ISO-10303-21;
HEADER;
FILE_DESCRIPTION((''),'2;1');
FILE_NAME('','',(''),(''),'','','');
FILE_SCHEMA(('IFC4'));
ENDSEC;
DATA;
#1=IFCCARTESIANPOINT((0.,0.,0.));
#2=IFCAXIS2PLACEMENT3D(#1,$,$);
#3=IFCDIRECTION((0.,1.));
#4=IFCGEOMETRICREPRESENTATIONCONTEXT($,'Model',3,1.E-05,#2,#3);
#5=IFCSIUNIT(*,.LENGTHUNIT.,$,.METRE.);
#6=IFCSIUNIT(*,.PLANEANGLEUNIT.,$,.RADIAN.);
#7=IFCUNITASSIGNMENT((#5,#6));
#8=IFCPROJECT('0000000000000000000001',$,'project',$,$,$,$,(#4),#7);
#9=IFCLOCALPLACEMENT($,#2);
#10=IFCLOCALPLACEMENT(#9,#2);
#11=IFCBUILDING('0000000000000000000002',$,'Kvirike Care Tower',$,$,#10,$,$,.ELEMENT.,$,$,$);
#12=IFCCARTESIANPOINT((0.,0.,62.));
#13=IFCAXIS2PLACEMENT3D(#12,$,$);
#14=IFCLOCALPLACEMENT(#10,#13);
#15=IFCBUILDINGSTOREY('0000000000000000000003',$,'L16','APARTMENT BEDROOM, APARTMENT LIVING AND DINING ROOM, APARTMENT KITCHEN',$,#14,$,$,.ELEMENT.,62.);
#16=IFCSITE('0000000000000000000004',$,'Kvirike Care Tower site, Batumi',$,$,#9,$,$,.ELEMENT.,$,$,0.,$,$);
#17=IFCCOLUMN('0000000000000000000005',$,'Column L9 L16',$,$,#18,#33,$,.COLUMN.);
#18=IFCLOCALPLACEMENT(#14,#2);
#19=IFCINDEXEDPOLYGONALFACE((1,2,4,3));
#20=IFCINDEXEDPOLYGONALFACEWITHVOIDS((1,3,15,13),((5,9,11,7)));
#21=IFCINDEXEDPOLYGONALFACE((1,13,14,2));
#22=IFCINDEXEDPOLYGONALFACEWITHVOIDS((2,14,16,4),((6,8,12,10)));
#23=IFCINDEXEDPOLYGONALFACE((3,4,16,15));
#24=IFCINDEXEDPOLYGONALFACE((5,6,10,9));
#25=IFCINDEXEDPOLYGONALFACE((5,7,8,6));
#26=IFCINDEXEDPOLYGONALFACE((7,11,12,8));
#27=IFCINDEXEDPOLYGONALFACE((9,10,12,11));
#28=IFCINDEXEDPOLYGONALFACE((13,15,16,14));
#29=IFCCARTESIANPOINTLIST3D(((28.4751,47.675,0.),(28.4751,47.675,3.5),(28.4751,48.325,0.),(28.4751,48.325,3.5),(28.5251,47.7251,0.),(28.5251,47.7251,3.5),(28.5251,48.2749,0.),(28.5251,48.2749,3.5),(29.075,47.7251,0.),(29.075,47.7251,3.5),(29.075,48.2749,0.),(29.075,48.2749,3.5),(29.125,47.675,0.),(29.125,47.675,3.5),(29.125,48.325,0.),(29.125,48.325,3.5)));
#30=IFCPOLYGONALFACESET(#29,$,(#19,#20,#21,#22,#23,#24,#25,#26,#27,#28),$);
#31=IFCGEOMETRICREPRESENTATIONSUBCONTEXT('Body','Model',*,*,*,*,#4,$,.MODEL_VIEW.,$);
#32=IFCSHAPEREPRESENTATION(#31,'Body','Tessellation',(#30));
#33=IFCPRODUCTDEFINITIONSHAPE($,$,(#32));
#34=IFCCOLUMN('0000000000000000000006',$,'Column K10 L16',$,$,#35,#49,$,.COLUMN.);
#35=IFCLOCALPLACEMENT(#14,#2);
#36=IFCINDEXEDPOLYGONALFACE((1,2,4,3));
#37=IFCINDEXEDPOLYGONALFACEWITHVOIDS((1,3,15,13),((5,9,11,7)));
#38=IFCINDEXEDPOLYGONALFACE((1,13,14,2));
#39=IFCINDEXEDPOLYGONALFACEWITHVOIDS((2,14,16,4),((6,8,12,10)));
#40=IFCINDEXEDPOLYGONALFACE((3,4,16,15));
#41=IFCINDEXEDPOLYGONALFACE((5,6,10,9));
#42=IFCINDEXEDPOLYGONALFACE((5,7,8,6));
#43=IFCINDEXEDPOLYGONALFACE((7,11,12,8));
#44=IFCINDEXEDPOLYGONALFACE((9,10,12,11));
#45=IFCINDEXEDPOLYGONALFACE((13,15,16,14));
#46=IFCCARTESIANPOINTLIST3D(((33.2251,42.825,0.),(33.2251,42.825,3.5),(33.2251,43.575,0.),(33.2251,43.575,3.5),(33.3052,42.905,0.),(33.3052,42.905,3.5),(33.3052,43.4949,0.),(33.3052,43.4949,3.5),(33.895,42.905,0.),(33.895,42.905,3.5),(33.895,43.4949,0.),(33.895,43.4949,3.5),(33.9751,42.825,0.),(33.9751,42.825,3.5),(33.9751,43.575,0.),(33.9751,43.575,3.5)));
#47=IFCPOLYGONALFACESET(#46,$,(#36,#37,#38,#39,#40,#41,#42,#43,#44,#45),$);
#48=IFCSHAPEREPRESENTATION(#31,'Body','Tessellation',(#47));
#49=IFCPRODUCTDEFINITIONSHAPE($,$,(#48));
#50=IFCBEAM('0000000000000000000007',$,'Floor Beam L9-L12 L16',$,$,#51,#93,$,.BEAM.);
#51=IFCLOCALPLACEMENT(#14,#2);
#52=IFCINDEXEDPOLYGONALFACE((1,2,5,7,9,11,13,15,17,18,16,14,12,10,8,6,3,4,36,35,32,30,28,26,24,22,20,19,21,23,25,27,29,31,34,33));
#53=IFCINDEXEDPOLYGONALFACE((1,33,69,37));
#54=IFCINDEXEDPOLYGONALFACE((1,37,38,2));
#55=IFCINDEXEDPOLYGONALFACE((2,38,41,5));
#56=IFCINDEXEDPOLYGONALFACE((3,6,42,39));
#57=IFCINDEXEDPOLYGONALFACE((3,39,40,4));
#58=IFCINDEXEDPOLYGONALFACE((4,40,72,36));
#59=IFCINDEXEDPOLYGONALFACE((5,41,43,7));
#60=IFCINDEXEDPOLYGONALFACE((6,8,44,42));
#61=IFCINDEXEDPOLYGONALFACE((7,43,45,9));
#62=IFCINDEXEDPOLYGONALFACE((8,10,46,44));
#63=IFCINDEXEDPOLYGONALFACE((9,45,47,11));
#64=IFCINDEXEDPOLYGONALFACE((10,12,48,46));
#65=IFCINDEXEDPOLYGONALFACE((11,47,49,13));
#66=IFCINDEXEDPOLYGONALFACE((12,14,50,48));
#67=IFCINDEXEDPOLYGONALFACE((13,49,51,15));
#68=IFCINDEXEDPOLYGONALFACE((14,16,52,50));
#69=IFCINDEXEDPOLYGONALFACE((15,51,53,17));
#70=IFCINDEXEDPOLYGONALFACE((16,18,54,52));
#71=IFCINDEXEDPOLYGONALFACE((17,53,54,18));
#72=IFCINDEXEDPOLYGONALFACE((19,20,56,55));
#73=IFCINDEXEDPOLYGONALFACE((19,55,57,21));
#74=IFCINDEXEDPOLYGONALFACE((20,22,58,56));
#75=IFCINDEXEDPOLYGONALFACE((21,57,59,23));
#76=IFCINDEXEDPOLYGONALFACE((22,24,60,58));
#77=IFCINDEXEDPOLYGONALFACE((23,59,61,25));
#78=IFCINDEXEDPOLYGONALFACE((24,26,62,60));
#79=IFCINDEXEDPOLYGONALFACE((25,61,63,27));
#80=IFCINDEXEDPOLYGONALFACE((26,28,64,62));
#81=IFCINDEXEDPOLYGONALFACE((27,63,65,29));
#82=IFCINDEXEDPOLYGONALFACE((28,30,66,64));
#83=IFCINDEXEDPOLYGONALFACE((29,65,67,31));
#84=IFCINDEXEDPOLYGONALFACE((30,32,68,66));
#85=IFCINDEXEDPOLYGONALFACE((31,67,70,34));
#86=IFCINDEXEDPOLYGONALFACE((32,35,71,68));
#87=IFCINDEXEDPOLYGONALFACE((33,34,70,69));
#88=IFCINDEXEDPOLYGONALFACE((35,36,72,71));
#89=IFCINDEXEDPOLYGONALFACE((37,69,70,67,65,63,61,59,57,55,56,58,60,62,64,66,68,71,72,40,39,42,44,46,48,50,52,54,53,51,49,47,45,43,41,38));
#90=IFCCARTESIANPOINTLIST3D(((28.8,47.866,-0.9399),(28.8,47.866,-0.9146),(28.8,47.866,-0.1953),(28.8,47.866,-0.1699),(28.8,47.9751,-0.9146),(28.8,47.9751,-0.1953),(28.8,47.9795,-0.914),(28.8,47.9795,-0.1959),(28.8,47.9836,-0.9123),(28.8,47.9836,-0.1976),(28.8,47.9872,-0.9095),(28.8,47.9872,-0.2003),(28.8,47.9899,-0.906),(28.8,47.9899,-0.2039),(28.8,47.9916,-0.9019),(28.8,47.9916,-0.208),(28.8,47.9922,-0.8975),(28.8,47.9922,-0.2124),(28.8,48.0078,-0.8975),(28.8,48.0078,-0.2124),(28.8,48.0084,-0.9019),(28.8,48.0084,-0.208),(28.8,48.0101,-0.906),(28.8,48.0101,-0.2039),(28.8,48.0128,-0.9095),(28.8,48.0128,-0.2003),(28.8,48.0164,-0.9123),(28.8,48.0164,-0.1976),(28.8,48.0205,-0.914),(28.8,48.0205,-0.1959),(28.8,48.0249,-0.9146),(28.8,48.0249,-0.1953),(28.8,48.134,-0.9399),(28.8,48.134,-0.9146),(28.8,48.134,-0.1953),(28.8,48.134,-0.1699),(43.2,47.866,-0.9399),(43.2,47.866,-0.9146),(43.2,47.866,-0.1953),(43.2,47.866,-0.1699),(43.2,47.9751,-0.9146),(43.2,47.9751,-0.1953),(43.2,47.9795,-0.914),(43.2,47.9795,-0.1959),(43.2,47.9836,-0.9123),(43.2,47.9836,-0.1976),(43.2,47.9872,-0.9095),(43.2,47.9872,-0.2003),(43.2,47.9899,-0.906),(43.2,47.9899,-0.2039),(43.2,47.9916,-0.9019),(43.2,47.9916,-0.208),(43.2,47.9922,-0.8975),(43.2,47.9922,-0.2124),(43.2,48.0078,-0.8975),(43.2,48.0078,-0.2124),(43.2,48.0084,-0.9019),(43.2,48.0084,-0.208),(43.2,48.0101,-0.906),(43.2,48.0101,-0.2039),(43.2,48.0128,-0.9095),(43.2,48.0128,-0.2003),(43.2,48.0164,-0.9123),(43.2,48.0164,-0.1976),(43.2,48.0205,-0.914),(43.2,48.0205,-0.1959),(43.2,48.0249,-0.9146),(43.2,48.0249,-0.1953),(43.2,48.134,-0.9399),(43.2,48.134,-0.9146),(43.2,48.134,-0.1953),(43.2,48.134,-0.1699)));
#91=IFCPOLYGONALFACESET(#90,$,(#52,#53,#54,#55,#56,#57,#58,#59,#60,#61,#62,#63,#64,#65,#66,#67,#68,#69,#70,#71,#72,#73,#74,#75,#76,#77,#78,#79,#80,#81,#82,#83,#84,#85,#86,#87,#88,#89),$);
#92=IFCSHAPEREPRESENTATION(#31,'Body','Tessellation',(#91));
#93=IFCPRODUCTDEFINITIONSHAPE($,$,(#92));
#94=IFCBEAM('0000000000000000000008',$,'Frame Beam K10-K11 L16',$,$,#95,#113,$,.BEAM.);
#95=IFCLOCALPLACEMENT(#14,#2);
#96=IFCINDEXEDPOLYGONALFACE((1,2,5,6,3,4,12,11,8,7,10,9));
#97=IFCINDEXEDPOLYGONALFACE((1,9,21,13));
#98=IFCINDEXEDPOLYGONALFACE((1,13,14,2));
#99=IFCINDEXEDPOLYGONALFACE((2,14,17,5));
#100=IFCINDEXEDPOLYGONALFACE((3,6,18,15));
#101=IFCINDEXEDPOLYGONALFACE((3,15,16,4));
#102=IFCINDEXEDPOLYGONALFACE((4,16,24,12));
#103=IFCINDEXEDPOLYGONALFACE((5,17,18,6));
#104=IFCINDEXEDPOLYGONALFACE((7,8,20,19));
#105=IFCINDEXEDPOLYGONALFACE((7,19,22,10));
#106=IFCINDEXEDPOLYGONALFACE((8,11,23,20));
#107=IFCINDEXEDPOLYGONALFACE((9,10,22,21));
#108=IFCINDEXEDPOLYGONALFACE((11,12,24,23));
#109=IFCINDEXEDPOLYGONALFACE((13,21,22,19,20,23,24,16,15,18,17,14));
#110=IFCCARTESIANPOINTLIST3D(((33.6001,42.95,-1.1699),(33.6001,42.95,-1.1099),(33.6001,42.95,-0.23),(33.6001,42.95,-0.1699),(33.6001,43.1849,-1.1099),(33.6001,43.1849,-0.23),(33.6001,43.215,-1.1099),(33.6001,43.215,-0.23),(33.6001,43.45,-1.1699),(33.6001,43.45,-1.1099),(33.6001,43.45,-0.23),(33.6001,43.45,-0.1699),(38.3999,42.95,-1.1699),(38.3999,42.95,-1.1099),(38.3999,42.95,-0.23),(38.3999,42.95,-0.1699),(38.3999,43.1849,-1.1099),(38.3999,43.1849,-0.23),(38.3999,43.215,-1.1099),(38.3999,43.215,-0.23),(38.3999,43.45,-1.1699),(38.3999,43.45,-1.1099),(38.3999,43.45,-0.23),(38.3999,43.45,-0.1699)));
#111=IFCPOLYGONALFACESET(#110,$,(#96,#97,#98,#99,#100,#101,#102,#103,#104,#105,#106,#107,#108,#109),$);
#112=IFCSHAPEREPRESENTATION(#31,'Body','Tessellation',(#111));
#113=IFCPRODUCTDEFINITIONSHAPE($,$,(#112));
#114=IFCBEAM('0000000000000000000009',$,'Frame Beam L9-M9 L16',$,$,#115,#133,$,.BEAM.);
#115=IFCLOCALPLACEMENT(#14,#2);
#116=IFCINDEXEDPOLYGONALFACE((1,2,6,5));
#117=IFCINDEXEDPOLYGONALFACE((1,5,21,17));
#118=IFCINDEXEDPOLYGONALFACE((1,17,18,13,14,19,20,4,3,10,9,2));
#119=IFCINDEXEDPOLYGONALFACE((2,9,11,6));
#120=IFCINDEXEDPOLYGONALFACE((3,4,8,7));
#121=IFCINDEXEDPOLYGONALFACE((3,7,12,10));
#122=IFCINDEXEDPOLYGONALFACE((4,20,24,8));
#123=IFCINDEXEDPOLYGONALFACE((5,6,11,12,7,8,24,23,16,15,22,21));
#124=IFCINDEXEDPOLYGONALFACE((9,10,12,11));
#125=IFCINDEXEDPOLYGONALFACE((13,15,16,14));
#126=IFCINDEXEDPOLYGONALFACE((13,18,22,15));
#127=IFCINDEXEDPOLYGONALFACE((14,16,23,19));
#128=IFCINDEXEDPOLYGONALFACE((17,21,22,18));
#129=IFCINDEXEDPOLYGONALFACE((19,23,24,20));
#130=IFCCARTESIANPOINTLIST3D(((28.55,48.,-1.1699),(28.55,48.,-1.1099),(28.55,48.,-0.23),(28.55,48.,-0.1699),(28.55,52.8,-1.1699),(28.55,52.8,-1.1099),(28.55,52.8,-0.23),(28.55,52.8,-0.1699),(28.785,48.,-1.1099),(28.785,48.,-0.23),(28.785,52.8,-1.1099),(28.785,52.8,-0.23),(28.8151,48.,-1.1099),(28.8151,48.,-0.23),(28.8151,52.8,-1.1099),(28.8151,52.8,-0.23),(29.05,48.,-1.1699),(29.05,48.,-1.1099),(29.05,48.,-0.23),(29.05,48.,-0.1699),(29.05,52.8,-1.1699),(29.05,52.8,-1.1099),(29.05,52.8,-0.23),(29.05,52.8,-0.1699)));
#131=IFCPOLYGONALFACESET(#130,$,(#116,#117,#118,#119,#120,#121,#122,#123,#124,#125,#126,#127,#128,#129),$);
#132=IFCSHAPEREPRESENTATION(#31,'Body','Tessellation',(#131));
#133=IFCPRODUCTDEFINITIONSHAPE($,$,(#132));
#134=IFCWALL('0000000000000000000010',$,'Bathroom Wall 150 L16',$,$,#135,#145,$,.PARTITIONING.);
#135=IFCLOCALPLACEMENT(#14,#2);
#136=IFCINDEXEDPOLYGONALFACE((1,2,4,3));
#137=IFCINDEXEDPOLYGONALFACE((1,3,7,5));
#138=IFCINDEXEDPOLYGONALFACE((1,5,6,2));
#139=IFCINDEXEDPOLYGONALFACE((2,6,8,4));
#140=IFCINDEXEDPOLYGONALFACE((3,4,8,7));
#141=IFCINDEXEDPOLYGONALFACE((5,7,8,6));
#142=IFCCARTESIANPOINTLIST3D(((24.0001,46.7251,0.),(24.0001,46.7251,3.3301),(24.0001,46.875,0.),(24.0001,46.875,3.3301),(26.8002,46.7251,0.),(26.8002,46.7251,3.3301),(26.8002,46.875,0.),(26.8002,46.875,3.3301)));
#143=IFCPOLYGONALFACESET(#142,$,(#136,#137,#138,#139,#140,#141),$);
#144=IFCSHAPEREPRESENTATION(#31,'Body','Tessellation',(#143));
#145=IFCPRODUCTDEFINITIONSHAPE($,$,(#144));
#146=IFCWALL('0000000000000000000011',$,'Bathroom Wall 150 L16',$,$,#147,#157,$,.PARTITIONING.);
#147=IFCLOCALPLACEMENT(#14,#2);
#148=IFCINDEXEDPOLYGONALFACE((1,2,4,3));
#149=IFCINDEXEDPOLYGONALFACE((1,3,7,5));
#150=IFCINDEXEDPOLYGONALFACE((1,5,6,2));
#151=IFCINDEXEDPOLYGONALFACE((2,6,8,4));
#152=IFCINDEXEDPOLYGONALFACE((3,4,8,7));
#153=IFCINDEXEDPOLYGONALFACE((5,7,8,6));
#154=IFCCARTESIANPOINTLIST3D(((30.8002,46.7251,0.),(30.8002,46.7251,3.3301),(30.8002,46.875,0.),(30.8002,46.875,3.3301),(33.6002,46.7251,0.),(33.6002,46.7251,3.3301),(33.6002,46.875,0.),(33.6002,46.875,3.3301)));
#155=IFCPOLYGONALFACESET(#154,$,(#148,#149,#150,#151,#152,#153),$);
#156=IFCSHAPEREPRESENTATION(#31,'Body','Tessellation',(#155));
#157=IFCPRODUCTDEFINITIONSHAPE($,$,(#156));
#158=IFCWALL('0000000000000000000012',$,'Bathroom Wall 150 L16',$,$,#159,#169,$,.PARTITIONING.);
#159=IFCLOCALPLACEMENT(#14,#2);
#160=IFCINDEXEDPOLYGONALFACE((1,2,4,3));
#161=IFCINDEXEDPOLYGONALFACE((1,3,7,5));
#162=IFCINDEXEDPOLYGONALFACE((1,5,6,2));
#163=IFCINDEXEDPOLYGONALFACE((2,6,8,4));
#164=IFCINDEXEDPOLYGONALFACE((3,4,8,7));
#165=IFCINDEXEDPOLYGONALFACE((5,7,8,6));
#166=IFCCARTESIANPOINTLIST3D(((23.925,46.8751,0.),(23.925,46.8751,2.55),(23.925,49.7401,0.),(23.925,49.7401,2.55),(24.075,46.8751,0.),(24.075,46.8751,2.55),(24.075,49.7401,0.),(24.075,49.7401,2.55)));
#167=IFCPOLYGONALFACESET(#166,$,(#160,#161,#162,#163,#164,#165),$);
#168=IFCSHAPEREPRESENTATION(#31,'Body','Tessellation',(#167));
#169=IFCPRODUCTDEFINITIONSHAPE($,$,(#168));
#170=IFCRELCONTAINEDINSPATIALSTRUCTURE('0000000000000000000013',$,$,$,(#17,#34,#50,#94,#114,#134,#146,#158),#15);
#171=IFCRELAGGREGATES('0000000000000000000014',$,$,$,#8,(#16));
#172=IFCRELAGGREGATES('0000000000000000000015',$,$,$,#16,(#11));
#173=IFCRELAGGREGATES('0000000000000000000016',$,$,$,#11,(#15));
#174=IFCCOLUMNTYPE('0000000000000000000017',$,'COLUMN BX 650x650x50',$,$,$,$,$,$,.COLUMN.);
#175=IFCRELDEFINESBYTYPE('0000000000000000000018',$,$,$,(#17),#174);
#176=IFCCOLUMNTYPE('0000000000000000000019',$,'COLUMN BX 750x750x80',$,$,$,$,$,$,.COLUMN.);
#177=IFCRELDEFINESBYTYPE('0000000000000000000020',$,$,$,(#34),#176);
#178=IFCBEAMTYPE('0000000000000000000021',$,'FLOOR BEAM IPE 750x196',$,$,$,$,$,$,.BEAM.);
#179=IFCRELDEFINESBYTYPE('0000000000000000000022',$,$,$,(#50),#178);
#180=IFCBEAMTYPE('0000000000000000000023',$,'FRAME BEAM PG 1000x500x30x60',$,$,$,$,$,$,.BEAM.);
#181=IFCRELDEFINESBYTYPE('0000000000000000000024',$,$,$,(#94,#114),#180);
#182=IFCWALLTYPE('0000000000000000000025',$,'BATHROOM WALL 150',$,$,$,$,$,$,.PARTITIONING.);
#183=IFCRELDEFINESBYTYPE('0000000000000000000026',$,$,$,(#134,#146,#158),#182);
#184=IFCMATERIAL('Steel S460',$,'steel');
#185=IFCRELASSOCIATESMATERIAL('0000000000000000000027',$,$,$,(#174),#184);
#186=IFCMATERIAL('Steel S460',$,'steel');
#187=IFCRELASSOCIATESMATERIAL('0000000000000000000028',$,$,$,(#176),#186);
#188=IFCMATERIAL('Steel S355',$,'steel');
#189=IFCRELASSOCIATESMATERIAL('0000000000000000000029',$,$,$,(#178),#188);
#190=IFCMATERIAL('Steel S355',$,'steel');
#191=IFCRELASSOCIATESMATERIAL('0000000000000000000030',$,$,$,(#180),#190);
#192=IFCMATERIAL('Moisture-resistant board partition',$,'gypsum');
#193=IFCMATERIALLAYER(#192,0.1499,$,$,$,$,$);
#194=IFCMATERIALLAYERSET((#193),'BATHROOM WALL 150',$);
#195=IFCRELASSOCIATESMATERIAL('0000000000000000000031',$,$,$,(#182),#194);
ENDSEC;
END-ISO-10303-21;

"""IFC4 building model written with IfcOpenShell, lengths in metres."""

from ifc_helpers import new_model, si_unit, direction, frame, frame_2d, origin, origin_2d, place, context, subcontext, project, spatial, rectangle, hollow_rectangle, i_section, extrude, material, layer, layer_set, material_profile, profile_set, type_object, element, save


model = new_model("IFC4")

# Units and contexts
model_context = context("Model", 3, precision=1e-05, world=origin(), true_north=direction((0.0, 1.0)))
body_context = subcontext(model_context, "Body", "Model", "MODEL_VIEW")
ifc_project = project(units=[si_unit("LENGTHUNIT", "METRE"), si_unit("PLANEANGLEUNIT", "RADIAN")], contexts=[model_context])

# Site, building, storey
site_placement = place(None, origin())
site = spatial("IfcSite", under=ifc_project, at=site_placement, Name="Kvirike Care Tower site, Batumi", CompositionType="ELEMENT", RefElevation=0.0)
building_placement = place(site_placement, origin())
building = spatial("IfcBuilding", under=site, at=building_placement, Name="Kvirike Care Tower", CompositionType="ELEMENT")
storey_placement = place(building_placement, frame((0.0, 0.0, 62.0)))
storey = spatial("IfcBuildingStorey", under=building, at=storey_placement, Name="L16", Description="APARTMENT BEDROOM, APARTMENT LIVING AND DINING ROOM, APARTMENT KITCHEN", CompositionType="ELEMENT", Elevation=62.0)

# Columns
ifc_material_1 = material(Name="Steel S460", Category="steel")
ifc_material_profile_1 = material_profile(ifc_material_1, hollow_rectangle(XDim=0.6499, YDim=0.6499, WallThickness=0.05, at=origin_2d()), Name="BX 650x650x50")
ifc_profile_set_1 = profile_set([ifc_material_profile_1], Name="Steel S460")
column_type_1 = type_object("IfcColumnType", Name="COLUMN BX 650x650x50", PredefinedType="COLUMN", material=ifc_profile_set_1)
column_1_placement = place(storey_placement, frame((28.8, 48.0, 0.0), z_axis=(0.0, 0.0, 1.0), x_axis=(1.0, 0.0, 0.0)))
element("IfcColumn", 1, at=column_1_placement, inside=storey, type_object=column_type_1, Name="Column L9 L16", PredefinedType="COLUMN", context=body_context, shape_type="SweptSolid", body=[
    extrude(hollow_rectangle(XDim=0.6499, YDim=0.6499, WallThickness=0.05, at=origin_2d()), origin(), (0.0, 0.0, 1.0), 3.5),
])
ifc_material_2 = material(Name="Steel S460", Category="steel")
ifc_material_profile_2 = material_profile(ifc_material_2, hollow_rectangle(XDim=0.75, YDim=0.75, WallThickness=0.0801, at=origin_2d()), Name="BX 750x750x80")
ifc_profile_set_2 = profile_set([ifc_material_profile_2], Name="Steel S460")
column_type_2 = type_object("IfcColumnType", Name="COLUMN BX 750x750x80", PredefinedType="COLUMN", material=ifc_profile_set_2)
column_2_placement = place(storey_placement, frame((33.6001, 43.2, 0.0), z_axis=(0.0, 0.0, 1.0), x_axis=(0.0, 1.0, 0.0)))
element("IfcColumn", 2, at=column_2_placement, inside=storey, type_object=column_type_2, Name="Column K10 L16", PredefinedType="COLUMN", context=body_context, shape_type="SweptSolid", body=[
    extrude(hollow_rectangle(XDim=0.75, YDim=0.75, WallThickness=0.0801, at=origin_2d()), origin(), (0.0, 0.0, 1.0), 3.5),
])

# Beams
ifc_material_3 = material(Name="Steel S355", Category="steel")
ifc_material_profile_3 = material_profile(ifc_material_3, i_section(OverallWidth=0.2681, OverallDepth=0.77, WebThickness=0.0156, FlangeThickness=0.0254, FilletRadius=0.0171, at=origin_2d()), Name="IPE 750x196")
ifc_profile_set_3 = profile_set([ifc_material_profile_3], Name="Steel S355")
beam_type_1 = type_object("IfcBeamType", Name="FLOOR BEAM IPE 750x196", PredefinedType="BEAM", material=ifc_profile_set_3)
beam_1_placement = place(storey_placement, frame((28.8, 48.0, -0.5549), z_axis=(1.0, 0.0, 0.0), x_axis=(0.0, 1.0, 0.0)))
element("IfcBeam", 3, at=beam_1_placement, inside=storey, type_object=beam_type_1, Name="Floor Beam L9-L12 L16", PredefinedType="BEAM", context=body_context, shape_type="SweptSolid", body=[
    extrude(i_section(OverallWidth=0.2681, OverallDepth=0.77, WebThickness=0.0156, FlangeThickness=0.0254, FilletRadius=0.0171, at=origin_2d()), origin(), (0.0, 0.0, 1.0), 14.3999),
])
ifc_material_4 = material(Name="Steel S355", Category="steel")
ifc_material_profile_4 = material_profile(ifc_material_4, i_section(OverallWidth=0.5, OverallDepth=1.0, WebThickness=0.03, FlangeThickness=0.0601, at=origin_2d()), Name="PG 1000x500x30x60")
ifc_profile_set_4 = profile_set([ifc_material_profile_4], Name="Steel S355")
beam_type_2 = type_object("IfcBeamType", Name="FRAME BEAM PG 1000x500x30x60", PredefinedType="BEAM", material=ifc_profile_set_4)
beam_2_placement = place(storey_placement, frame((33.6001, 43.2, -0.6699), z_axis=(1.0, 0.0, 0.0), x_axis=(0.0, 1.0, 0.0)))
element("IfcBeam", 4, at=beam_2_placement, inside=storey, type_object=beam_type_2, Name="Frame Beam K10-K11 L16", PredefinedType="BEAM", context=body_context, shape_type="SweptSolid", body=[
    extrude(i_section(OverallWidth=0.5, OverallDepth=1.0, WebThickness=0.03, FlangeThickness=0.0601, at=origin_2d()), origin(), (0.0, 0.0, 1.0), 4.7998),
])
beam_3_placement = place(storey_placement, frame((28.8, 48.0, -0.6699), z_axis=(0.0, 1.0, 0.0), x_axis=(-1.0, 0.0, 0.0)))
element("IfcBeam", 5, at=beam_3_placement, inside=storey, type_object=beam_type_2, Name="Frame Beam L9-M9 L16", PredefinedType="BEAM", context=body_context, shape_type="SweptSolid", body=[
    extrude(i_section(OverallWidth=0.5, OverallDepth=1.0, WebThickness=0.03, FlangeThickness=0.0601, at=origin_2d()), origin(), (0.0, 0.0, 1.0), 4.8),
])

# Walls
ifc_material_5 = material(Name="Moisture-resistant board partition", Category="gypsum")
ifc_layer_1 = layer(ifc_material_5, 0.1499)
ifc_layer_set_1 = layer_set([ifc_layer_1], Name="BATHROOM WALL 150")
wall_type_1 = type_object("IfcWallType", Name="BATHROOM WALL 150", PredefinedType="PARTITIONING", material=ifc_layer_set_1)
for number, where, z_axis, x_axis, name in (
    (6, (26.8, 46.8, 0.0), (0.0, 0.0, 1.0), (-1.0, 0.0, 0.0), "Bathroom Wall 150 L16"),
    (7, (33.6001, 46.8, 0.0), (0.0, 0.0, 1.0), (-1.0, 0.0, 0.0), "Bathroom Wall 150 L16"),
):
    element("IfcWall", number, at=place(storey_placement, frame(where, z_axis=z_axis, x_axis=x_axis)), inside=storey, type_object=wall_type_1, Name=name, PredefinedType="PARTITIONING", context=body_context, shape_type="SweptSolid", body=[
        extrude(rectangle(XDim=2.8, YDim=0.1499, at=frame_2d((1.3999, 0.0))), origin(), (0.0, 0.0, 1.0), 3.3301),
    ])
wall_1_placement = place(storey_placement, frame((24.0, 46.875, 0.0), z_axis=(0.0, 0.0, 1.0), x_axis=(0.0, 1.0, 0.0)))
element("IfcWall", 8, at=wall_1_placement, inside=storey, type_object=wall_type_1, Name="Bathroom Wall 150 L16", PredefinedType="PARTITIONING", context=body_context, shape_type="SweptSolid", body=[
    extrude(rectangle(XDim=2.865, YDim=0.1499, at=frame_2d((1.4326, 0.0))), origin(), (0.0, 0.0, 1.0), 2.55),
])

save(model, "model.ifc")
